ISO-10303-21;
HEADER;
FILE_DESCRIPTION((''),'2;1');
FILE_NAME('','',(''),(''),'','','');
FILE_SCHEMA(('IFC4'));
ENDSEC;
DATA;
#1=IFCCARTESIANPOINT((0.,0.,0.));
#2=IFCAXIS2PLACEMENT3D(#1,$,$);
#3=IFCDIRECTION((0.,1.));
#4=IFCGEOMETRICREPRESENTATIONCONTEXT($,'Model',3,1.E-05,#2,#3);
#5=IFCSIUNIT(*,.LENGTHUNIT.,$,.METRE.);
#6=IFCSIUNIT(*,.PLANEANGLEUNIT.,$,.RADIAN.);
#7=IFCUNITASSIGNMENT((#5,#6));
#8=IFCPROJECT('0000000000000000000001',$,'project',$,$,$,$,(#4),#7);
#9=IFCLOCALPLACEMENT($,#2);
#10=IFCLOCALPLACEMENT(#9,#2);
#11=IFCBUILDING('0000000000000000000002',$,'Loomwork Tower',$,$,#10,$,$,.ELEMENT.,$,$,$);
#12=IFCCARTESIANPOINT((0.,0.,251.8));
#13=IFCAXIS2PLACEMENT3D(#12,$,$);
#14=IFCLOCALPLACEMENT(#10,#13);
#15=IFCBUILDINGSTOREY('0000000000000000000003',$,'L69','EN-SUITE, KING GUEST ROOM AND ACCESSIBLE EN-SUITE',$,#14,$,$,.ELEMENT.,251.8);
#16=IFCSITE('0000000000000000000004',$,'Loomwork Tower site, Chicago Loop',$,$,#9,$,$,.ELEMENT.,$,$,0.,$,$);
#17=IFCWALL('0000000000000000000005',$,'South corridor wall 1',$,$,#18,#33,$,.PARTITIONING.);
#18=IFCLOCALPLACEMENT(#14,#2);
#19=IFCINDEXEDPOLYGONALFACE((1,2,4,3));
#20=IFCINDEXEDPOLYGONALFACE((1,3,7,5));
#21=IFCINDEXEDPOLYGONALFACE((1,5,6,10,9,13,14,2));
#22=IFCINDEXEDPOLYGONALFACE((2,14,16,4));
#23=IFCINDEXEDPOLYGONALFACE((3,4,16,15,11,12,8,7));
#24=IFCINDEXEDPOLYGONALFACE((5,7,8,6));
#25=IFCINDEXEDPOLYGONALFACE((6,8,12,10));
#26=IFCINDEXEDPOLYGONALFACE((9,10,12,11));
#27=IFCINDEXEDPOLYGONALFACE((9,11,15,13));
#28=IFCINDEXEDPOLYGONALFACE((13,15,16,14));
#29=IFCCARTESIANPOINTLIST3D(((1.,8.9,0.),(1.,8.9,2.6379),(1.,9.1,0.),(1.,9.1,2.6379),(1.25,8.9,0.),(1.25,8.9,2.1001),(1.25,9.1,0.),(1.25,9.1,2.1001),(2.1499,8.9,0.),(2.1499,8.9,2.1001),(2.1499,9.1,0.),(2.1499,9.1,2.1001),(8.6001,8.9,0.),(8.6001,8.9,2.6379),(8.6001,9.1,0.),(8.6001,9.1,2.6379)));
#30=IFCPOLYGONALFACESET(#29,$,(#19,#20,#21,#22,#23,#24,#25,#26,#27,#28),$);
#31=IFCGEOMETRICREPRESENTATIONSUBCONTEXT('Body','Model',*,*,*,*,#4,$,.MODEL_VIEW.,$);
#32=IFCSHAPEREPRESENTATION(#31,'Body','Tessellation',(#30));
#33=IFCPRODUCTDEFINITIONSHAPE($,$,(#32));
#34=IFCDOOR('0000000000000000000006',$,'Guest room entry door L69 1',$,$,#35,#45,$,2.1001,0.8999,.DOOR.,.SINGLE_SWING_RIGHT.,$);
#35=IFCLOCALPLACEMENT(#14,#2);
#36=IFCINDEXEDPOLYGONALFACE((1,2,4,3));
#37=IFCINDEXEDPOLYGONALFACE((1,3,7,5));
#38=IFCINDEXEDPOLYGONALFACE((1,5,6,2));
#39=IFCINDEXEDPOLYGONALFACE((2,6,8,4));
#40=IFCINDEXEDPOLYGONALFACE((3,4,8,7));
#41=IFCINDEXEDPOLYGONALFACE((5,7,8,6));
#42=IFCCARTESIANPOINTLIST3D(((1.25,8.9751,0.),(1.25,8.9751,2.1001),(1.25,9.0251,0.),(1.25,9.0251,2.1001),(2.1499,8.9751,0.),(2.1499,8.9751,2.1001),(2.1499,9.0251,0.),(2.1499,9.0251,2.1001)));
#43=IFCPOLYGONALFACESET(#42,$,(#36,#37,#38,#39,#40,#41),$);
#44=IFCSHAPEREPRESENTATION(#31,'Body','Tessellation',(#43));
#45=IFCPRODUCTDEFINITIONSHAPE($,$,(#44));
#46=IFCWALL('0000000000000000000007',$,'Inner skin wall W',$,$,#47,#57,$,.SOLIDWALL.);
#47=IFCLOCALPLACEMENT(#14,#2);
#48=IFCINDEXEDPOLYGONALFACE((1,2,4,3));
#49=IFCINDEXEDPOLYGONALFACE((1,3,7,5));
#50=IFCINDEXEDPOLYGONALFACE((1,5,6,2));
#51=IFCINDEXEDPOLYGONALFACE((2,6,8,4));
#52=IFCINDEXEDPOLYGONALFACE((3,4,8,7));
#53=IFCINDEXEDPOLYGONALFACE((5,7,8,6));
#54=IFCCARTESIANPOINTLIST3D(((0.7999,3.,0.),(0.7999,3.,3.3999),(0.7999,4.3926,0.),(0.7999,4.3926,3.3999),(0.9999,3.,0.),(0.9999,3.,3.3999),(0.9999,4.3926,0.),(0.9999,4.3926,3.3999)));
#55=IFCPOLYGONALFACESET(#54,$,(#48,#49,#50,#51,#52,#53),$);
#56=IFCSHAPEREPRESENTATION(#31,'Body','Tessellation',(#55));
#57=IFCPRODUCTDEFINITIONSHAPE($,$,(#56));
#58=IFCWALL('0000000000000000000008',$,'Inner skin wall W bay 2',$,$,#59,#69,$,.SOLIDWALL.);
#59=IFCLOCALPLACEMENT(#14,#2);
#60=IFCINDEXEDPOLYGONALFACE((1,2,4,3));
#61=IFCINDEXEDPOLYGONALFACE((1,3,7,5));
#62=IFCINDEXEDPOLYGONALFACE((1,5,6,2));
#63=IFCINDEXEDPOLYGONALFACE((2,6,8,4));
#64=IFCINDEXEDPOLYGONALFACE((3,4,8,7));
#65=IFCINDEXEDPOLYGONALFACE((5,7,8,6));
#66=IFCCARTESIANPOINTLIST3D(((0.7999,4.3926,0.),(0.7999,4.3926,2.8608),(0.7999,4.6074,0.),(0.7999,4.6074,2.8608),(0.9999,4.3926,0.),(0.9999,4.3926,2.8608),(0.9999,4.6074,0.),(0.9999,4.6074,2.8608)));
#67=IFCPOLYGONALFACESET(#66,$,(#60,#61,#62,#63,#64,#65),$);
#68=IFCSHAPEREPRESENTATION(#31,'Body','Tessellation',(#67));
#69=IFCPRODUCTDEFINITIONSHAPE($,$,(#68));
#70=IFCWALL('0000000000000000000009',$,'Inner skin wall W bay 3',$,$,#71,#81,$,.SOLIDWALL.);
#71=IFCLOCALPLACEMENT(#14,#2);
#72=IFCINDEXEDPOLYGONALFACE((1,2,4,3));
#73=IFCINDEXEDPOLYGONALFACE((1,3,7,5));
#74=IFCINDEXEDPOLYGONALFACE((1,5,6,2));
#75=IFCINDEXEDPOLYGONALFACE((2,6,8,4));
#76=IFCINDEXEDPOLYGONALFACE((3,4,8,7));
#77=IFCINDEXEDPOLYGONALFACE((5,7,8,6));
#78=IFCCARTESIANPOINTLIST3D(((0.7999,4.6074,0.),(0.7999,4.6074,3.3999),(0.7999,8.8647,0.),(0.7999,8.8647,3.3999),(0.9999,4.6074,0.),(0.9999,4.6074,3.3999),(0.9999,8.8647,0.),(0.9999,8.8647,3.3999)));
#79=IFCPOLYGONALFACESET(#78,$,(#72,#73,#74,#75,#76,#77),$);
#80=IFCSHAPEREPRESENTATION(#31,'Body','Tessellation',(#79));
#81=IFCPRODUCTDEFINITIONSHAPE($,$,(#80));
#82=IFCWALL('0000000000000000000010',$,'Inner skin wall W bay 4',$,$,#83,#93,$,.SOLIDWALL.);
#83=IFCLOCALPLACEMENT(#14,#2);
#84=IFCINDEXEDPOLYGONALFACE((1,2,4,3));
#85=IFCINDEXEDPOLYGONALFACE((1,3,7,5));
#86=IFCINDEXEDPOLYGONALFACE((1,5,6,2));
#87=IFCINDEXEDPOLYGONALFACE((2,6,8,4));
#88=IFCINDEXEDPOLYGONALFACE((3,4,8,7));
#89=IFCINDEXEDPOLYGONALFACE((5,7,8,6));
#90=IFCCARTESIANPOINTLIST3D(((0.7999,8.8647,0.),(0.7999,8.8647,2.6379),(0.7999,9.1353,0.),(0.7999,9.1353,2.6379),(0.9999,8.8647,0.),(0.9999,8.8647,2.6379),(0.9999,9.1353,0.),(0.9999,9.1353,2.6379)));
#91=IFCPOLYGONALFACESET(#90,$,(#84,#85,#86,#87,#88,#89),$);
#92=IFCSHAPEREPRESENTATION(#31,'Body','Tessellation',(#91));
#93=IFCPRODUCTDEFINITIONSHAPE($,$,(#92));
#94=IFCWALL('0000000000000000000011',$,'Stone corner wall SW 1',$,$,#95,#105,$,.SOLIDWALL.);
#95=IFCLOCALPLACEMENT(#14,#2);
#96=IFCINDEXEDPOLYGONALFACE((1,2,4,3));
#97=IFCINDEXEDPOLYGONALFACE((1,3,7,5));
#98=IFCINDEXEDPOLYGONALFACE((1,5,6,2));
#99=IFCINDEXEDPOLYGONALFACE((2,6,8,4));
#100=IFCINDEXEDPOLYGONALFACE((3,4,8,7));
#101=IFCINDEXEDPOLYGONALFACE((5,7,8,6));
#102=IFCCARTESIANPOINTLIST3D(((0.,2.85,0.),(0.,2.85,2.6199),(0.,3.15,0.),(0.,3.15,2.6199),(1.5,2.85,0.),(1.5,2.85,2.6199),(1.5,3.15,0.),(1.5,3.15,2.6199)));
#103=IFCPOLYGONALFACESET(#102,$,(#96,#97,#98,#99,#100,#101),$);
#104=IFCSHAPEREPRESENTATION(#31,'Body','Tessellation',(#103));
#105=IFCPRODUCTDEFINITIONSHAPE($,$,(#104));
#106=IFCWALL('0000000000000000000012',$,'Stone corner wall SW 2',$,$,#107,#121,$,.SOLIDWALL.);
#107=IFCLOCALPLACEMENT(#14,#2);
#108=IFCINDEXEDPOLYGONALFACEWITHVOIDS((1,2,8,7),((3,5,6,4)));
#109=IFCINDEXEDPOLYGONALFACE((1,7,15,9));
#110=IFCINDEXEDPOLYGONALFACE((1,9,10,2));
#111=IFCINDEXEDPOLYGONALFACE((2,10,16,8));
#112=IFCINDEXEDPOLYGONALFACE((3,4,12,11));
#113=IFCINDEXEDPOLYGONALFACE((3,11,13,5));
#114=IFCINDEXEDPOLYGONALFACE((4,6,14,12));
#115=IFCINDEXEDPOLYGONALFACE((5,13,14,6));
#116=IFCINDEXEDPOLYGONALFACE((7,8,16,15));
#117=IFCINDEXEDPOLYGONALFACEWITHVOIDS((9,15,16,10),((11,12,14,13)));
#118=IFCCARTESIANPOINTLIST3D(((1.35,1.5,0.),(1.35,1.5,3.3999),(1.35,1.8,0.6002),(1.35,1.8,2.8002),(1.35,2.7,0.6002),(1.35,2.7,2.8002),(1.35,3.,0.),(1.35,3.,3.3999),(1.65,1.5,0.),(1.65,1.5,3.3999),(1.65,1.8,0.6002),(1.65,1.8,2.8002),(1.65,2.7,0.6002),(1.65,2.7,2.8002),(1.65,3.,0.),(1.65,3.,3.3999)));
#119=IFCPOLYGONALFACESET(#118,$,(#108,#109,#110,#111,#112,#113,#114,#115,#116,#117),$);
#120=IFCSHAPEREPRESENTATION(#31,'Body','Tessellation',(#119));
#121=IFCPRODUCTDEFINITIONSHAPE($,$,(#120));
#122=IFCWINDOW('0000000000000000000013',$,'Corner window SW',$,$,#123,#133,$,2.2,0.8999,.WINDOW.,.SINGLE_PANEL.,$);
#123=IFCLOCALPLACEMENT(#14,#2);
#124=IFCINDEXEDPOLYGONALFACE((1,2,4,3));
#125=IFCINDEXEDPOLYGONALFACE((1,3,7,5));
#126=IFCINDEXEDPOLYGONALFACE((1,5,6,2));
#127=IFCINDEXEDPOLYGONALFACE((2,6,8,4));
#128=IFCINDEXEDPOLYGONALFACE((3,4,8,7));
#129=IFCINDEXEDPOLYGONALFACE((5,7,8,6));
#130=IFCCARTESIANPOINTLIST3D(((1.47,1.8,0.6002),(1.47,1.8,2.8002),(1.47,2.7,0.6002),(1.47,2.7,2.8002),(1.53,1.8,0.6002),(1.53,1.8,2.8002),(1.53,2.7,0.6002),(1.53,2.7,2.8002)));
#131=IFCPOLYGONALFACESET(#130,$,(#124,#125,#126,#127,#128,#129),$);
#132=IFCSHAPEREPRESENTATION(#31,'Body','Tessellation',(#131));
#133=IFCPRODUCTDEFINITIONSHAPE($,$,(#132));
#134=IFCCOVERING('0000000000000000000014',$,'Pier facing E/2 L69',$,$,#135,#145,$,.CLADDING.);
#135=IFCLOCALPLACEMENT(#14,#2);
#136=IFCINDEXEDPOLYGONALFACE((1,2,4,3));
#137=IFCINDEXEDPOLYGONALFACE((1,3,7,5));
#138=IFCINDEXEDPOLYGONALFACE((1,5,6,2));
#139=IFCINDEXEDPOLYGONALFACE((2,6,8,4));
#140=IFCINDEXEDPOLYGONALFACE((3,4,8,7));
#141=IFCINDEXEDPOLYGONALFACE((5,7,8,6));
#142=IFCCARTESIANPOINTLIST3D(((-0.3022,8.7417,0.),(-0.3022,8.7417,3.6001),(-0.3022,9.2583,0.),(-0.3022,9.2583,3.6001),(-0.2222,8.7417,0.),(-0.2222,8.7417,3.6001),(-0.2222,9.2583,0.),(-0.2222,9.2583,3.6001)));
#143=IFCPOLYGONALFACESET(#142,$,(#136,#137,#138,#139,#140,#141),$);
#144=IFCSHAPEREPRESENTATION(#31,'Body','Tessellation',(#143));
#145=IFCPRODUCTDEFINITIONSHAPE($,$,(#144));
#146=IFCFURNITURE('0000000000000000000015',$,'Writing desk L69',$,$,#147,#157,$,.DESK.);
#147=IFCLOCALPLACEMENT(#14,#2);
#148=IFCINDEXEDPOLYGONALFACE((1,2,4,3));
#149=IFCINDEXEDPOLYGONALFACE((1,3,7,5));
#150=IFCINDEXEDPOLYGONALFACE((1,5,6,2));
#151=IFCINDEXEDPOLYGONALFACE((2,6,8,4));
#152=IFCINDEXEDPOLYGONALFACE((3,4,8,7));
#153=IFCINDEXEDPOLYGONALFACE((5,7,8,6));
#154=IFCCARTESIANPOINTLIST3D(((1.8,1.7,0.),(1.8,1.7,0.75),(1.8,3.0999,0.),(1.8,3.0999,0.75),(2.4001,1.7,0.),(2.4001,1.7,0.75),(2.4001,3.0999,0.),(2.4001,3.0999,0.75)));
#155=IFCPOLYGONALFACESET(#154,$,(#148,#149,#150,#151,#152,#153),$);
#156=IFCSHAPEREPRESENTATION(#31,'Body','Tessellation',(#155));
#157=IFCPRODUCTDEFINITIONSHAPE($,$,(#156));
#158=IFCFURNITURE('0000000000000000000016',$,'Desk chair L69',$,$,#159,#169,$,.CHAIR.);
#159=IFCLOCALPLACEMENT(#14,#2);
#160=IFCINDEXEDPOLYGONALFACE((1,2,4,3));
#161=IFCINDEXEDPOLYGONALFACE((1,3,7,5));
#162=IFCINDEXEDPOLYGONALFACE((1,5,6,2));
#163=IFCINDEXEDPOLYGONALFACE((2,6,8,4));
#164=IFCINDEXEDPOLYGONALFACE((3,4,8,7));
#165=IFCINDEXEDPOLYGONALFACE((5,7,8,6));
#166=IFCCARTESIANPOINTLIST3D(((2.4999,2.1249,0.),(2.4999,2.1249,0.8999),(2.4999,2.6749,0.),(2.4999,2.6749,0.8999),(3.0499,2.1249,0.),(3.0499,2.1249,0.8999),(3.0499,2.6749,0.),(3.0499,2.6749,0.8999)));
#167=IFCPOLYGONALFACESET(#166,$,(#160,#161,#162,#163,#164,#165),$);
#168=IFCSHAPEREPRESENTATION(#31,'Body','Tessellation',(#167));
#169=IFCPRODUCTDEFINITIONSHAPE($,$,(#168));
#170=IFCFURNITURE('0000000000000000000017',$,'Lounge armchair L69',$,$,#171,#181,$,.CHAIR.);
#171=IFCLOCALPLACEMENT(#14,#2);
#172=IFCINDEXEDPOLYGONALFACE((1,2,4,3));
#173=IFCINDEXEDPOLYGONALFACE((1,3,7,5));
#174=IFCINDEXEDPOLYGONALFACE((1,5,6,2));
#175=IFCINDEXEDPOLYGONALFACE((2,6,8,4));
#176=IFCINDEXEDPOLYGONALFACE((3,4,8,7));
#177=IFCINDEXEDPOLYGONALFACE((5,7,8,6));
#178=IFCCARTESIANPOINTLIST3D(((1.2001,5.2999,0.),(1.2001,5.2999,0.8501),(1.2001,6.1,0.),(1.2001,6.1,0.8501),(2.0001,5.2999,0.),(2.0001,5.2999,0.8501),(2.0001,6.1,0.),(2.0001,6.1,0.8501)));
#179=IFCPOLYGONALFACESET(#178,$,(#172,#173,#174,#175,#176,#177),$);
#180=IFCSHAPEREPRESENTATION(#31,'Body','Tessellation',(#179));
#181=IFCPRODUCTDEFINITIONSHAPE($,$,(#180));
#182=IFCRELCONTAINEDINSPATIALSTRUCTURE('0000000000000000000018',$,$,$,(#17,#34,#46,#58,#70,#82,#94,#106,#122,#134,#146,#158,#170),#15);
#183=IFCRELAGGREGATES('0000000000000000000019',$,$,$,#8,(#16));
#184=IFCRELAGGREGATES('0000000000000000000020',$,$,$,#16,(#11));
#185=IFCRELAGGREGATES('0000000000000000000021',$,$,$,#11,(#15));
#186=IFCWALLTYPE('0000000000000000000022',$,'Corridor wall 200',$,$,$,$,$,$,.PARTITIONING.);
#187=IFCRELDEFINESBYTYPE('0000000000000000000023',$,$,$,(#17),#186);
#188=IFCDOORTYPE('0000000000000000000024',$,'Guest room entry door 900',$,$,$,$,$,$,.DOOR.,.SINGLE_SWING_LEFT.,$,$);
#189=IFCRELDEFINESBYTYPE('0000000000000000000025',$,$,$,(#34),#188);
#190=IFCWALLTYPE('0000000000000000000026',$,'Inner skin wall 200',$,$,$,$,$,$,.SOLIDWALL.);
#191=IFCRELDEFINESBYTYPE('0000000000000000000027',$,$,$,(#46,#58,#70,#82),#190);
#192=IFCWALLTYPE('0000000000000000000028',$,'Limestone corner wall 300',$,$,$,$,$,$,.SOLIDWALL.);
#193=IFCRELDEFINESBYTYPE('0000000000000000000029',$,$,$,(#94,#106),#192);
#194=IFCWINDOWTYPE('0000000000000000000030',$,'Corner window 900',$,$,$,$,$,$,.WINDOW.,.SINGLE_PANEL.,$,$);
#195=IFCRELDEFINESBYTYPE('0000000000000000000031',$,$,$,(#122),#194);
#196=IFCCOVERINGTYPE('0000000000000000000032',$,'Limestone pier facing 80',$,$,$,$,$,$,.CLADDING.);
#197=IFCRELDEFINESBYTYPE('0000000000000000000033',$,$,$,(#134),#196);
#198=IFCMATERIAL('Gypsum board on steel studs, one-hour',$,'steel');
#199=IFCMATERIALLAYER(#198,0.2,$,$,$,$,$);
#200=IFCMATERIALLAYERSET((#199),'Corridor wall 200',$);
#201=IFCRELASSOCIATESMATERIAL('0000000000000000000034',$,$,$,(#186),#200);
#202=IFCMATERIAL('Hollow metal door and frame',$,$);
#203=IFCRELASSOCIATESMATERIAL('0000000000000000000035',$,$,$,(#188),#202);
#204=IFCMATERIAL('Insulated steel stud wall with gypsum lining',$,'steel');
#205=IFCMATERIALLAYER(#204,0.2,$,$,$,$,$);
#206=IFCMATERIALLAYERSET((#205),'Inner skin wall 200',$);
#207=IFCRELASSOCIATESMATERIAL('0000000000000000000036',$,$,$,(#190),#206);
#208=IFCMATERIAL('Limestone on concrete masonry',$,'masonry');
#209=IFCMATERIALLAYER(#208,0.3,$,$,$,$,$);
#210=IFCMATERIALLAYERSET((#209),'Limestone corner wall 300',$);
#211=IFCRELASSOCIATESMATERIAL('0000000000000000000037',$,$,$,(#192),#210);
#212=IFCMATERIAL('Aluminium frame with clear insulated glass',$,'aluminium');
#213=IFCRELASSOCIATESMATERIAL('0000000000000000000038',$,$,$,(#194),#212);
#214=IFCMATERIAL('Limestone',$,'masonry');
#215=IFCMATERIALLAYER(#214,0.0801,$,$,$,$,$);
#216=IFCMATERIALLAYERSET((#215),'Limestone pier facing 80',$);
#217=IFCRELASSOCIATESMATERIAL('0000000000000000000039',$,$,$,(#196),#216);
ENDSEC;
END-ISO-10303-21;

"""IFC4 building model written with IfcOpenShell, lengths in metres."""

from ifc_helpers import new_model, si_unit, direction, frame, frame_2d, origin, origin_2d, place, context, subcontext, project, spatial, rectangle, extrude, material, layer, layer_set, type_object, element, fill, save


model = new_model("IFC4")

# Units and contexts
model_context = context("Model", 3, precision=1e-05, world=origin(), true_north=direction((0.0, 1.0)))
body_context = subcontext(model_context, "Body", "Model", "MODEL_VIEW")
ifc_project = project(units=[si_unit("LENGTHUNIT", "METRE"), si_unit("PLANEANGLEUNIT", "RADIAN")], contexts=[model_context])

# Site, building, storey
site_placement = place(None, origin())
site = spatial("IfcSite", under=ifc_project, at=site_placement, Name="Loomwork Tower site, Chicago Loop", CompositionType="ELEMENT", RefElevation=0.0)
building_placement = place(site_placement, origin())
building = spatial("IfcBuilding", under=site, at=building_placement, Name="Loomwork Tower", CompositionType="ELEMENT")
storey_placement = place(building_placement, frame((0.0, 0.0, 251.8)))
storey = spatial("IfcBuildingStorey", under=building, at=storey_placement, Name="L69", Description="EN-SUITE, KING GUEST ROOM AND ACCESSIBLE EN-SUITE", CompositionType="ELEMENT", Elevation=251.8)

# Wall, opening, door
ifc_material_1 = material(Name="Gypsum board on steel studs, one-hour", Category="steel")
ifc_layer_1 = layer(ifc_material_1, 0.2)
ifc_layer_set_1 = layer_set([ifc_layer_1], Name="Corridor wall 200")
wall_type_1 = type_object("IfcWallType", Name="Corridor wall 200", PredefinedType="PARTITIONING", material=ifc_layer_set_1)
wall_1_placement = place(storey_placement, frame((1.0, 9.0, 0.0), z_axis=(0.0, 0.0, 1.0), x_axis=(1.0, 0.0, 0.0)))
wall_1 = element("IfcWall", 1, at=wall_1_placement, inside=storey, type_object=wall_type_1, Name="South corridor wall 1", PredefinedType="PARTITIONING", context=body_context, shape_type="SweptSolid", body=[
    extrude(rectangle(XDim=7.6001, YDim=0.2, at=frame_2d((3.8, 0.0))), origin(), (0.0, 0.0, 1.0), 2.6379),
])
opening_1_placement = place(wall_1_placement, frame((0.25, 0.0, 0.0)))
opening_1 = element("IfcOpeningElement", 2, at=opening_1_placement, cuts=wall_1, PredefinedType="OPENING", context=body_context, shape_type="SweptSolid", body=[
    extrude(rectangle(XDim=0.8999, YDim=2.1001, at=frame_2d((0.45, 1.05))), frame((0.0, 0.1099, 0.0), z_axis=(0.0, -1.0, 0.0), x_axis=(1.0, 0.0, 0.0)), (0.0, 0.0, 1.0), 0.22),
])
ifc_material_2 = material(Name="Hollow metal door and frame")
door_type = type_object("IfcDoorType", Name="Guest room entry door 900", OperationType="SINGLE_SWING_LEFT", PredefinedType="DOOR", material=ifc_material_2)
door_placement = place(opening_1_placement, frame((0.8999, 0.0, 0.0), z_axis=(0.0, 0.0, 1.0), x_axis=(-1.0, 0.0, 0.0)))
door = element("IfcDoor", 3, at=door_placement, inside=storey, type_object=door_type, Name="Guest room entry door L69 1", OperationType="SINGLE_SWING_RIGHT", OverallHeight=2.1001, OverallWidth=0.8999, PredefinedType="DOOR", context=body_context, shape_type="SweptSolid", body=[
    extrude(rectangle(XDim=0.8999, YDim=2.1001, at=frame_2d((0.45, 1.05))), frame((0.0, 0.0249, 0.0), z_axis=(0.0, -1.0, 0.0), x_axis=(1.0, 0.0, 0.0)), (0.0, 0.0, 1.0), 0.05),
])
fill(opening_1, door)

# Walls
ifc_material_3 = material(Name="Insulated steel stud wall with gypsum lining", Category="steel")
ifc_layer_2 = layer(ifc_material_3, 0.2)
ifc_layer_set_2 = layer_set([ifc_layer_2], Name="Inner skin wall 200")
wall_type_2 = type_object("IfcWallType", Name="Inner skin wall 200", PredefinedType="SOLIDWALL", material=ifc_layer_set_2)
wall_2_placement = place(storey_placement, frame((0.8999, 3.0, 0.0), z_axis=(0.0, 0.0, 1.0), x_axis=(0.0, 1.0, 0.0)))
element("IfcWall", 4, at=wall_2_placement, inside=storey, type_object=wall_type_2, Name="Inner skin wall W", PredefinedType="SOLIDWALL", context=body_context, shape_type="SweptSolid", body=[
    extrude(rectangle(XDim=1.3926, YDim=0.2, at=frame_2d((0.6963, 0.0))), origin(), (0.0, 0.0, 1.0), 3.3999),
])
wall_3_placement = place(storey_placement, frame((0.8999, 4.3926, 0.0), z_axis=(0.0, 0.0, 1.0), x_axis=(0.0, 1.0, 0.0)))
element("IfcWall", 5, at=wall_3_placement, inside=storey, type_object=wall_type_2, Name="Inner skin wall W bay 2", PredefinedType="SOLIDWALL", context=body_context, shape_type="SweptSolid", body=[
    extrude(rectangle(XDim=0.2148, YDim=0.2, at=frame_2d((0.1074, 0.0))), origin(), (0.0, 0.0, 1.0), 2.8608),
])
wall_4_placement = place(storey_placement, frame((0.8999, 4.6074, 0.0), z_axis=(0.0, 0.0, 1.0), x_axis=(0.0, 1.0, 0.0)))
element("IfcWall", 6, at=wall_4_placement, inside=storey, type_object=wall_type_2, Name="Inner skin wall W bay 3", PredefinedType="SOLIDWALL", context=body_context, shape_type="SweptSolid", body=[
    extrude(rectangle(XDim=4.2573, YDim=0.2, at=frame_2d((2.1287, 0.0))), origin(), (0.0, 0.0, 1.0), 3.3999),
])
wall_5_placement = place(storey_placement, frame((0.8999, 8.8647, 0.0), z_axis=(0.0, 0.0, 1.0), x_axis=(0.0, 1.0, 0.0)))
element("IfcWall", 7, at=wall_5_placement, inside=storey, type_object=wall_type_2, Name="Inner skin wall W bay 4", PredefinedType="SOLIDWALL", context=body_context, shape_type="SweptSolid", body=[
    extrude(rectangle(XDim=0.2705, YDim=0.2, at=frame_2d((0.1353, 0.0))), origin(), (0.0, 0.0, 1.0), 2.6379),
])
ifc_material_4 = material(Name="Limestone on concrete masonry", Category="masonry")
ifc_layer_3 = layer(ifc_material_4, 0.3)
ifc_layer_set_3 = layer_set([ifc_layer_3], Name="Limestone corner wall 300")
wall_type_3 = type_object("IfcWallType", Name="Limestone corner wall 300", PredefinedType="SOLIDWALL", material=ifc_layer_set_3)
wall_6_placement = place(storey_placement, frame((0.0, 3.0, 0.0), z_axis=(0.0, 0.0, 1.0), x_axis=(1.0, 0.0, 0.0)))
element("IfcWall", 8, at=wall_6_placement, inside=storey, type_object=wall_type_3, Name="Stone corner wall SW 1", PredefinedType="SOLIDWALL", context=body_context, shape_type="SweptSolid", body=[
    extrude(rectangle(XDim=1.5, YDim=0.3, at=frame_2d((0.75, 0.0))), origin(), (0.0, 0.0, 1.0), 2.6199),
])

# Wall, opening, window
wall_7_placement = place(storey_placement, frame((1.5, 3.0, 0.0), z_axis=(0.0, 0.0, 1.0), x_axis=(0.0, -1.0, 0.0)))
wall_7 = element("IfcWall", 9, at=wall_7_placement, inside=storey, type_object=wall_type_3, Name="Stone corner wall SW 2", PredefinedType="SOLIDWALL", context=body_context, shape_type="SweptSolid", body=[
    extrude(rectangle(XDim=1.5, YDim=0.3, at=frame_2d((0.75, 0.0))), origin(), (0.0, 0.0, 1.0), 3.3999),
])
opening_2_placement = place(wall_7_placement, frame((0.3, 0.0, 0.6001)))
opening_2 = element("IfcOpeningElement", 10, at=opening_2_placement, cuts=wall_7, PredefinedType="OPENING", context=body_context, shape_type="SweptSolid", body=[
    extrude(rectangle(XDim=0.8999, YDim=2.2, at=frame_2d((0.45, 1.1001))), frame((0.0, 0.1599, 0.0), z_axis=(0.0, -1.0, 0.0), x_axis=(1.0, 0.0, 0.0)), (0.0, 0.0, 1.0), 0.3201),
])
ifc_material_5 = material(Name="Aluminium frame with clear insulated glass", Category="aluminium")
window_type = type_object("IfcWindowType", Name="Corner window 900", PartitioningType="SINGLE_PANEL", PredefinedType="WINDOW", material=ifc_material_5)
window_placement = place(opening_2_placement, origin())
window = element("IfcWindow", 11, at=window_placement, inside=storey, type_object=window_type, Name="Corner window SW", OverallHeight=2.2, OverallWidth=0.8999, PartitioningType="SINGLE_PANEL", PredefinedType="WINDOW", context=body_context, shape_type="SweptSolid", body=[
    extrude(rectangle(XDim=0.8999, YDim=2.2, at=frame_2d((0.45, 1.1001))), frame((0.0, 0.03, 0.0), z_axis=(0.0, -1.0, 0.0), x_axis=(1.0, 0.0, 0.0)), (0.0, 0.0, 1.0), 0.0601),
])
fill(opening_2, window)

# Covering
ifc_material_6 = material(Name="Limestone", Category="masonry")
ifc_layer_4 = layer(ifc_material_6, 0.0801)
ifc_layer_set_4 = layer_set([ifc_layer_4], Name="Limestone pier facing 80")
covering_type = type_object("IfcCoveringType", Name="Limestone pier facing 80", PredefinedType="CLADDING", material=ifc_layer_set_4)
covering_placement = place(storey_placement, frame((-0.2622, 9.0, 0.0), z_axis=(0.0, 0.0, 1.0), x_axis=(1.0, 0.0, 0.0)))
element("IfcCovering", 12, at=covering_placement, inside=storey, type_object=covering_type, Name="Pier facing E/2 L69", PredefinedType="CLADDING", context=body_context, shape_type="SweptSolid", body=[
    extrude(rectangle(XDim=0.0801, YDim=0.5166, at=origin_2d()), origin(), (0.0, 0.0, 1.0), 3.6001),
])

# Furniture
furniture_1_placement = place(storey_placement, frame((2.1001, 2.3999, 0.0), z_axis=(0.0, 0.0, 1.0), x_axis=(1.0, 0.0, 0.0)))
element("IfcFurniture", 13, at=furniture_1_placement, inside=storey, Name="Writing desk L69", PredefinedType="DESK", context=body_context, shape_type="SweptSolid", body=[
    extrude(rectangle(XDim=0.6001, YDim=1.3999, at=origin_2d()), origin(), (0.0, 0.0, 1.0), 0.75),
])
furniture_2_placement = place(storey_placement, frame((2.7749, 2.3999, 0.0), z_axis=(0.0, 0.0, 1.0), x_axis=(1.0, 0.0, 0.0)))
element("IfcFurniture", 14, at=furniture_2_placement, inside=storey, Name="Desk chair L69", PredefinedType="CHAIR", context=body_context, shape_type="SweptSolid", body=[
    extrude(rectangle(XDim=0.55, YDim=0.55, at=origin_2d()), origin(), (0.0, 0.0, 1.0), 0.8999),
])
furniture_3_placement = place(storey_placement, frame((1.6001, 5.7, 0.0), z_axis=(0.0, 0.0, 1.0), x_axis=(1.0, 0.0, 0.0)))
element("IfcFurniture", 15, at=furniture_3_placement, inside=storey, Name="Lounge armchair L69", PredefinedType="CHAIR", context=body_context, shape_type="SweptSolid", body=[
    extrude(rectangle(XDim=0.8, YDim=0.8, at=origin_2d()), origin(), (0.0, 0.0, 1.0), 0.8501),
])

save(model, "model.ifc")
